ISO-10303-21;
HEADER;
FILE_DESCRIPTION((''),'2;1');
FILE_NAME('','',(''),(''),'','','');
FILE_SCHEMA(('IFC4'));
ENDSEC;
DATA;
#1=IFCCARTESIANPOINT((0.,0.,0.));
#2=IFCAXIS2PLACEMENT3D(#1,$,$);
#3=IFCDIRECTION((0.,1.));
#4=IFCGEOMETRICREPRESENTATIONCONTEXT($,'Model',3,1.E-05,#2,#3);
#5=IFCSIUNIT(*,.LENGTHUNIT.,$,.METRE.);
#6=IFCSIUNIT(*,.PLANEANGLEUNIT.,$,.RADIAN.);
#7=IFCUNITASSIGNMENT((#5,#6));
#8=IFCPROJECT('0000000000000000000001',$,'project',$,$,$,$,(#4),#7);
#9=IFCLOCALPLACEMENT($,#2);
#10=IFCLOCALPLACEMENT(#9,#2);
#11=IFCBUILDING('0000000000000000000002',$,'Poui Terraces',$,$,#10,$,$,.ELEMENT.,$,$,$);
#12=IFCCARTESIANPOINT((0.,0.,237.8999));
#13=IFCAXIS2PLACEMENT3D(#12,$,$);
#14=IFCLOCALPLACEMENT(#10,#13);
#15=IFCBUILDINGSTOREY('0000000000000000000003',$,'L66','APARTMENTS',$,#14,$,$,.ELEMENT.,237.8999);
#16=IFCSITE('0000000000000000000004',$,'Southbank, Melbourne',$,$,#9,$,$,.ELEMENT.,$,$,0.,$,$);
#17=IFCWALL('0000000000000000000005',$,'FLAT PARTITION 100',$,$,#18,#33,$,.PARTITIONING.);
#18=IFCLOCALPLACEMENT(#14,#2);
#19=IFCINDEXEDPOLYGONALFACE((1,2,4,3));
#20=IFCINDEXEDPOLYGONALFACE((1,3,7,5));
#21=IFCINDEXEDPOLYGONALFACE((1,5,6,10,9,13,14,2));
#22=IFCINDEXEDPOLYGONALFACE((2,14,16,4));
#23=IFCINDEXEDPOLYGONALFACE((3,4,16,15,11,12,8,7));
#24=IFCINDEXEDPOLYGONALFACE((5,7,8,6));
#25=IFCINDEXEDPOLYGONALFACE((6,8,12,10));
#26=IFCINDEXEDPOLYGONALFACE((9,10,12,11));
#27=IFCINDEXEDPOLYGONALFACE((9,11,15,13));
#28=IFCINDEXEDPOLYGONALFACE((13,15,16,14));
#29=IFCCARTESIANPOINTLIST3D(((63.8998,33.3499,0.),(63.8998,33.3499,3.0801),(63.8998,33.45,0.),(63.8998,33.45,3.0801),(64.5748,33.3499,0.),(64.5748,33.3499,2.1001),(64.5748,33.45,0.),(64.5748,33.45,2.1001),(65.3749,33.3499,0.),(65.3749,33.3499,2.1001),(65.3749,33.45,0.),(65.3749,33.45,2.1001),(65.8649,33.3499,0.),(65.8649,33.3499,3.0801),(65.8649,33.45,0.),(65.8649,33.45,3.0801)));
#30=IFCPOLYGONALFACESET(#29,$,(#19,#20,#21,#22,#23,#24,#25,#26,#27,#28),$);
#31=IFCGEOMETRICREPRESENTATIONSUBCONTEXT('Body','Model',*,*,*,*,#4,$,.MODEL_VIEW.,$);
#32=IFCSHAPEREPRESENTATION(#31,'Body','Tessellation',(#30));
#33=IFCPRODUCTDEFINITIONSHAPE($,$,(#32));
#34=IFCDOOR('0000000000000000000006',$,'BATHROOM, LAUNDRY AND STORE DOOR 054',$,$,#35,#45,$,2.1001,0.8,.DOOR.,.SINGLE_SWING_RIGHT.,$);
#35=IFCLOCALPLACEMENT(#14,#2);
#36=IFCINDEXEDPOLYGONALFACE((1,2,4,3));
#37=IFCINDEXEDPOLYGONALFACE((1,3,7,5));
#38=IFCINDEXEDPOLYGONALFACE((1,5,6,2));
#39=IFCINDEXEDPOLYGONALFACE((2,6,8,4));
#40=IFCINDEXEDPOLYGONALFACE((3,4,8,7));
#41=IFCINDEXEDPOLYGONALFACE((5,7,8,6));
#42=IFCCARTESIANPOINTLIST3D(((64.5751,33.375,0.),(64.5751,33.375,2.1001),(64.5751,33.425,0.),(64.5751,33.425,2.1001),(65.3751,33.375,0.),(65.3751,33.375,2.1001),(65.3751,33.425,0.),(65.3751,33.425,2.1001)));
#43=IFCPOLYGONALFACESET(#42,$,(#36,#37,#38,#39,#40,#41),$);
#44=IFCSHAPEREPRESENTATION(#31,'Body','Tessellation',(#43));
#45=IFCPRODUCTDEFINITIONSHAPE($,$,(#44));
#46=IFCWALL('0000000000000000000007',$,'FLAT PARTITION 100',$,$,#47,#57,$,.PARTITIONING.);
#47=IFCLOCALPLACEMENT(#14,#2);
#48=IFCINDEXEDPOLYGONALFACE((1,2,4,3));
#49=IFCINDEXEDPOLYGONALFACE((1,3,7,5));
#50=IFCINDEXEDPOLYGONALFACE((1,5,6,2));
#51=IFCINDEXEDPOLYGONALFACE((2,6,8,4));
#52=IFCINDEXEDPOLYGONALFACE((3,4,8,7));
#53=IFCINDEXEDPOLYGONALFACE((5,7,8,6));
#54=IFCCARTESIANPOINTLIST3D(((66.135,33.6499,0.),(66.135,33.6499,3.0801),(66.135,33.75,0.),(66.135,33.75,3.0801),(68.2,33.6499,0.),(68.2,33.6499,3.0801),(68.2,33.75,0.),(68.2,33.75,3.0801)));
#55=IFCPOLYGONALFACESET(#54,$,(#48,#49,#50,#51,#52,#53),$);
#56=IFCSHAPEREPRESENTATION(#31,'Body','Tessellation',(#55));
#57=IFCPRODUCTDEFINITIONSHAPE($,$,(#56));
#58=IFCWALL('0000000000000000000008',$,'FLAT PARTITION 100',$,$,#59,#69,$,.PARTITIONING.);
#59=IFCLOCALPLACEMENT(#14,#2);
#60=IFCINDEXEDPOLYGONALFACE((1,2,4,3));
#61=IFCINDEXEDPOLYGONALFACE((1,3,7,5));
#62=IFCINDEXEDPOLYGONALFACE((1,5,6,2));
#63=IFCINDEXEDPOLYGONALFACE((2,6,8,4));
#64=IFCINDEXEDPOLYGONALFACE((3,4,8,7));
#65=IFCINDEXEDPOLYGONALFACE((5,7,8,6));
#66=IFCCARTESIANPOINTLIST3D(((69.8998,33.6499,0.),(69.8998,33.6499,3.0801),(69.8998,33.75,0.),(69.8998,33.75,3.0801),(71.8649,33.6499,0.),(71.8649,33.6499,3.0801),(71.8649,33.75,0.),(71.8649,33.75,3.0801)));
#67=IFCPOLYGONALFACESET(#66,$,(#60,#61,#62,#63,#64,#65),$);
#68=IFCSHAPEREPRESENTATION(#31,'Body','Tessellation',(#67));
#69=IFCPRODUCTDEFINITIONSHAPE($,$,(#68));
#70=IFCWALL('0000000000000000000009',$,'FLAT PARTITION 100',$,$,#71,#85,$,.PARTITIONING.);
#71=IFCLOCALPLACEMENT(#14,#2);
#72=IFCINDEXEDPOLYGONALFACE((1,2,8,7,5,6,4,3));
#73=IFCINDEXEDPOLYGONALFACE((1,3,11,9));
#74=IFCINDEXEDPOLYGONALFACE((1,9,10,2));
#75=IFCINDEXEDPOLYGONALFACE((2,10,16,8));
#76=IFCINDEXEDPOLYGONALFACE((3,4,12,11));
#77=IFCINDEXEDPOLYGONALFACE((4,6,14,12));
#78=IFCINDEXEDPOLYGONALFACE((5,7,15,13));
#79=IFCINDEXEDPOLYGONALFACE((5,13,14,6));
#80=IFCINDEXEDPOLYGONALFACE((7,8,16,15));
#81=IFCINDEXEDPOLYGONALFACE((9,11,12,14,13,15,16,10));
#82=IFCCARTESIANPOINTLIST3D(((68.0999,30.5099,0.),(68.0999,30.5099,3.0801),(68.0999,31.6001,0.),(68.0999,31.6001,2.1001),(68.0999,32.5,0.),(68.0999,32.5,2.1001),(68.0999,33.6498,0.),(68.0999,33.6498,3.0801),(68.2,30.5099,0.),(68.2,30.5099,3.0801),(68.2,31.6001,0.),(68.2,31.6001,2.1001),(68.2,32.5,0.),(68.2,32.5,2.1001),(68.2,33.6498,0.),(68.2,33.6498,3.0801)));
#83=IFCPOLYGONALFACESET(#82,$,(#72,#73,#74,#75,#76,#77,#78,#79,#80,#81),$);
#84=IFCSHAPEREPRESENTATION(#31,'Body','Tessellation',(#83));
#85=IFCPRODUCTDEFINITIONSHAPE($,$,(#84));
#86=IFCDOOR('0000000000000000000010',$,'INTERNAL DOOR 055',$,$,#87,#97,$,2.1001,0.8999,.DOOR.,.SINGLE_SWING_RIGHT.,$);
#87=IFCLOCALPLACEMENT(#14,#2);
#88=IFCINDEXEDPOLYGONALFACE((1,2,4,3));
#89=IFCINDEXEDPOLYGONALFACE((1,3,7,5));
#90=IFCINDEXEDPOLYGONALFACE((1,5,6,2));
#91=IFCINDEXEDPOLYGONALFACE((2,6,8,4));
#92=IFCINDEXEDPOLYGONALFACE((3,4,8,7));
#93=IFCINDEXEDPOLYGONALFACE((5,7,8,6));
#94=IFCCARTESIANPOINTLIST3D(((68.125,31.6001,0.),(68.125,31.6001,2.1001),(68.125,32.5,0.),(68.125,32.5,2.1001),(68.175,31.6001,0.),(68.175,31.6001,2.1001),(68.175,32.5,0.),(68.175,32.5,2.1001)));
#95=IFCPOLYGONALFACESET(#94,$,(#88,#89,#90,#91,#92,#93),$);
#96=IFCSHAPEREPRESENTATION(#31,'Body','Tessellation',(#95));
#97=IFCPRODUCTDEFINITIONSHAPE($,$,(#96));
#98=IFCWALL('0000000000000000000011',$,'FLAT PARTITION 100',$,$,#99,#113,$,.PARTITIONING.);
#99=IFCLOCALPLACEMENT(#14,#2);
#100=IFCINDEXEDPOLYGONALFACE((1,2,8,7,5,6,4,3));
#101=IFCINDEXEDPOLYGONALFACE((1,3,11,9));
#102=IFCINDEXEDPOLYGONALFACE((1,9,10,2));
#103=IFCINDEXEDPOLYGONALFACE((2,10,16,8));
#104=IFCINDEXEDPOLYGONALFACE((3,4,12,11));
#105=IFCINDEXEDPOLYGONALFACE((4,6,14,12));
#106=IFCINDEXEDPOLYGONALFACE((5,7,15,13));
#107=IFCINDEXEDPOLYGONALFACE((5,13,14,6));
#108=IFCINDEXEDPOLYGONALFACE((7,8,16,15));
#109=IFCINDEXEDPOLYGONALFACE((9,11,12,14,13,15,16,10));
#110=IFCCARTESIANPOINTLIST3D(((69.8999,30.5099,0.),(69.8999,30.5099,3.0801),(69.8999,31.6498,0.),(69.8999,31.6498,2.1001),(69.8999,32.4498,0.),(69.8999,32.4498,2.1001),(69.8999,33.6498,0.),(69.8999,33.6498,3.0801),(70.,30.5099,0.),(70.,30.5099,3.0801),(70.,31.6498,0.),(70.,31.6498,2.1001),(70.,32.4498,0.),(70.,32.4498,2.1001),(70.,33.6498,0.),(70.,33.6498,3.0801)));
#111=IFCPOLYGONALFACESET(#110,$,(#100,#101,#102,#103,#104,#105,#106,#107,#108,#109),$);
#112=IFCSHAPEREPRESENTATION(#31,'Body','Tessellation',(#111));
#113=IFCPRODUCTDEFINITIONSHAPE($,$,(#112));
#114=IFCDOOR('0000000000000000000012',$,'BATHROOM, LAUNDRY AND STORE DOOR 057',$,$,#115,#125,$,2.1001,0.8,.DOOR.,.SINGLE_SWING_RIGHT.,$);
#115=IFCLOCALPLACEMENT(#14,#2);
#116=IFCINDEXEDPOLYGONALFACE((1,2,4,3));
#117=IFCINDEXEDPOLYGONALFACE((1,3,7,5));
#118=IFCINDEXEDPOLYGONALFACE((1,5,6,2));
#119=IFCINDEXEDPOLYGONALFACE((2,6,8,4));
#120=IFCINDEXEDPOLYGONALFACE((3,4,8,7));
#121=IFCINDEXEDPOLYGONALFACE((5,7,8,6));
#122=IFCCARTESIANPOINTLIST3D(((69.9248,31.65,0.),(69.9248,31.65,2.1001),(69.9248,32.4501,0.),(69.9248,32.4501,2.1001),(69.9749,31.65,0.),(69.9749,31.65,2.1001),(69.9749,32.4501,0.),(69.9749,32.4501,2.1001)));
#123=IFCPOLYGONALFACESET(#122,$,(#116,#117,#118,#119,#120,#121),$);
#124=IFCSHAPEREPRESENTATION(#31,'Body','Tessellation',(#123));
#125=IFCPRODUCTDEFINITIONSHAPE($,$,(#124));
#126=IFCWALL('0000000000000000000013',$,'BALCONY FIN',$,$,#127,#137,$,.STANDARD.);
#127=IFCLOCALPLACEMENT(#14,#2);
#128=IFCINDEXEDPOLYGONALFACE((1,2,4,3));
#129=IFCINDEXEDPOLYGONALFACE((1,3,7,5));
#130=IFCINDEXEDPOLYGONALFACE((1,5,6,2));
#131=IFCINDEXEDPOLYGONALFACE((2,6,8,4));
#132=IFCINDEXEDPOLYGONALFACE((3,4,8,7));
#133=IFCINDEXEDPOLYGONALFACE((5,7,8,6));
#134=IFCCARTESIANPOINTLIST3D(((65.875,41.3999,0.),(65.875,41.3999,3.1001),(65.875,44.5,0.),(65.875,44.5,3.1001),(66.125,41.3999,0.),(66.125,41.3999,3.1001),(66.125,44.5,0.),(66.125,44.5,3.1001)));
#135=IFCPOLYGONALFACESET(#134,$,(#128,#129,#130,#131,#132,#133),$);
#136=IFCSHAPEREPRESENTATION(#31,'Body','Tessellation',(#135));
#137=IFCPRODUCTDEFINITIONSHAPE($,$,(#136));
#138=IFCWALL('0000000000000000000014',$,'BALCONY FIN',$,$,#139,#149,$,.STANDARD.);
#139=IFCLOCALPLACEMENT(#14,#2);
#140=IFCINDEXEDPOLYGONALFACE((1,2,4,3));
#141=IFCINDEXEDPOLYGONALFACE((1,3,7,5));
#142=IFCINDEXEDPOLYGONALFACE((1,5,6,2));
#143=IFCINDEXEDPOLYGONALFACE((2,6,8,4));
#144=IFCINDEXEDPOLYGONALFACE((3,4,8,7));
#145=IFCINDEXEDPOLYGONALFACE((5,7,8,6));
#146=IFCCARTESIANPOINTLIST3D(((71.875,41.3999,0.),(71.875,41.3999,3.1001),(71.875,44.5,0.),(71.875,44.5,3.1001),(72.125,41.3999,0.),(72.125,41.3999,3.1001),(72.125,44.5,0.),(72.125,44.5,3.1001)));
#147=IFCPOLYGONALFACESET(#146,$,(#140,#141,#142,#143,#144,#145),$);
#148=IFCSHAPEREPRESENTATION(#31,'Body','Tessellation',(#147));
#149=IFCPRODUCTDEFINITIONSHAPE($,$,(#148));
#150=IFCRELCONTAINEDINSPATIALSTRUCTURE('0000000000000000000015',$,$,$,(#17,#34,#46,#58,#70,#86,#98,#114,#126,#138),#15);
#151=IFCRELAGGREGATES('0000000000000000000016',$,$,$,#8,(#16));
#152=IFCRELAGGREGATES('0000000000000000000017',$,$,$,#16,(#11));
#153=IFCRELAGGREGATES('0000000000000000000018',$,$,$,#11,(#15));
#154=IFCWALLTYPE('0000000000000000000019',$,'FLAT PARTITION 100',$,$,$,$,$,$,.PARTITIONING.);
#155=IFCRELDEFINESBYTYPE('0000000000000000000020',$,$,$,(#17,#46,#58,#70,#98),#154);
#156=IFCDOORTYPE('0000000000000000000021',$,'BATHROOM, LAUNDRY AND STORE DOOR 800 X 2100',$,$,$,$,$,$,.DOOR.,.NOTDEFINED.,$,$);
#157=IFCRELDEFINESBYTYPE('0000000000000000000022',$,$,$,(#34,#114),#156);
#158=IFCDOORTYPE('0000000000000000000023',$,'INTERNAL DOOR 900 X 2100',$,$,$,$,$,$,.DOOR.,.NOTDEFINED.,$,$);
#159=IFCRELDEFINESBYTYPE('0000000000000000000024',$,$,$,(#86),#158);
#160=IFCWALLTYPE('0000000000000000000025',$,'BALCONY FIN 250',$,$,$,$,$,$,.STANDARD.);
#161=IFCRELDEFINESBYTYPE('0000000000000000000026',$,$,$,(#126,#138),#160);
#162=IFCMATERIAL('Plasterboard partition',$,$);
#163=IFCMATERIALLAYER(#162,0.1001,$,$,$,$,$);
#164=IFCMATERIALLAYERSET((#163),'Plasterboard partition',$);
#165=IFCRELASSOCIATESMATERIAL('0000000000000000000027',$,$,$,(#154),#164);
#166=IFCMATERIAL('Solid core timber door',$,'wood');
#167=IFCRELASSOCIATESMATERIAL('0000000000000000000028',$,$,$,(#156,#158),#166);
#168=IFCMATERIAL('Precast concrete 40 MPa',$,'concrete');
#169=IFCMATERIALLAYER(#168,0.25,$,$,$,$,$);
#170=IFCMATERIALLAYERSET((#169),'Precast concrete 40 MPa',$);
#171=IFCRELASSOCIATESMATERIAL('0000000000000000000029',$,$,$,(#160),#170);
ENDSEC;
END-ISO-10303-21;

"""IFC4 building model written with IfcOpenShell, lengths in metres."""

from ifc_helpers import new_model, si_unit, direction, frame, frame_2d, origin, place, context, subcontext, project, spatial, polyline, rectangle, outline, extrude, source, transform, mapped, material, layer, layer_set, type_object, element, fill, save


model = new_model("IFC4")

# Units and contexts
model_context = context("Model", 3, precision=1e-05, world=origin(), true_north=direction((0.0, 1.0)))
body_context = subcontext(model_context, "Body", "Model", "MODEL_VIEW")
ifc_project = project(units=[si_unit("LENGTHUNIT", "METRE"), si_unit("PLANEANGLEUNIT", "RADIAN")], contexts=[model_context])

# Site, building, storey
site_placement = place(None, origin())
site = spatial("IfcSite", under=ifc_project, at=site_placement, Name="Southbank, Melbourne", CompositionType="ELEMENT", RefElevation=0.0)
building_placement = place(site_placement, origin())
building = spatial("IfcBuilding", under=site, at=building_placement, Name="Poui Terraces", CompositionType="ELEMENT")
storey_placement = place(building_placement, frame((0.0, 0.0, 237.8999)))
storey = spatial("IfcBuildingStorey", under=building, at=storey_placement, Name="L66", Description="APARTMENTS", CompositionType="ELEMENT", Elevation=237.8999)

# Wall, opening, door
ifc_material_1 = material(Name="Plasterboard partition")
ifc_layer_1 = layer(ifc_material_1, 0.1001)
ifc_layer_set_1 = layer_set([ifc_layer_1], Name="Plasterboard partition")
wall_type_1 = type_object("IfcWallType", Name="FLAT PARTITION 100", PredefinedType="PARTITIONING", material=ifc_layer_set_1)
wall_1_placement = place(storey_placement, frame((63.8999, 33.3999, 0.0), z_axis=(0.0, 0.0, 1.0), x_axis=(1.0, 0.0, 0.0)))
wall_1 = element("IfcWall", 1, at=wall_1_placement, inside=storey, type_object=wall_type_1, Name="FLAT PARTITION 100", PredefinedType="PARTITIONING", context=body_context, shape_type="SweptSolid", body=[
    extrude(rectangle(XDim=1.9651, YDim=0.1001, at=frame_2d((0.9824, 0.0))), origin(), (0.0, 0.0, 1.0), 3.0801),
])
opening_1_placement = place(wall_1_placement, frame((0.675, 0.0, 0.0)))
opening_1 = element("IfcOpeningElement", 2, at=opening_1_placement, cuts=wall_1, PredefinedType="OPENING", context=body_context, shape_type="SweptSolid", body=[
    extrude(rectangle(XDim=0.8, YDim=2.1001, at=frame_2d((0.3999, 1.05))), frame((0.0, 0.0601, 0.0), z_axis=(0.0, -1.0, 0.0), x_axis=(1.0, 0.0, 0.0)), (0.0, 0.0, 1.0), 0.1201),
])
ifc_material_2 = material(Name="Solid core timber door", Category="wood")
door_type_1 = type_object("IfcDoorType", Name="BATHROOM, LAUNDRY AND STORE DOOR 800 X 2100", OperationType="NOTDEFINED", PredefinedType="DOOR", material=ifc_material_2)
door_1_placement = place(opening_1_placement, frame((0.8, 0.0, 0.0), z_axis=(0.0, 0.0, 1.0), x_axis=(-1.0, 0.0, 0.0)))
door_1 = element("IfcDoor", 3, at=door_1_placement, inside=storey, type_object=door_type_1, Name="BATHROOM, LAUNDRY AND STORE DOOR 054", OperationType="SINGLE_SWING_RIGHT", OverallHeight=2.1001, OverallWidth=0.8, PredefinedType="DOOR", context=body_context, shape_type="SweptSolid", body=[
    extrude(rectangle(XDim=0.8, YDim=2.1001, at=frame_2d((0.3999, 1.05))), frame((0.0, 0.0249, 0.0), z_axis=(0.0, -1.0, 0.0), x_axis=(1.0, 0.0, 0.0)), (0.0, 0.0, 1.0), 0.05),
])
fill(opening_1, door_1)

# Walls
wall_2_placement = place(storey_placement, frame((66.135, 33.7, 0.0), z_axis=(0.0, 0.0, 1.0), x_axis=(1.0, 0.0, 0.0)))
element("IfcWall", 4, at=wall_2_placement, inside=storey, type_object=wall_type_1, Name="FLAT PARTITION 100", PredefinedType="PARTITIONING", context=body_context, shape_type="SweptSolid", body=[
    extrude(rectangle(XDim=2.0649, YDim=0.1001, at=frame_2d((1.0325, 0.0))), origin(), (0.0, 0.0, 1.0), 3.0801),
])
wall_3_placement = place(storey_placement, frame((69.8999, 33.7, 0.0), z_axis=(0.0, 0.0, 1.0), x_axis=(1.0, 0.0, 0.0)))
element("IfcWall", 5, at=wall_3_placement, inside=storey, type_object=wall_type_1, Name="FLAT PARTITION 100", PredefinedType="PARTITIONING", context=body_context, shape_type="SweptSolid", body=[
    extrude(rectangle(XDim=1.9651, YDim=0.1001, at=frame_2d((0.9824, 0.0))), origin(), (0.0, 0.0, 1.0), 3.0801),
])

# Walls, openings, doors
wall_4_placement = place(storey_placement, frame((68.1499, 30.51, 0.0), z_axis=(0.0, 0.0, 1.0), x_axis=(0.0, 1.0, 0.0)))
wall_4 = element("IfcWall", 6, at=wall_4_placement, inside=storey, type_object=wall_type_1, Name="FLAT PARTITION 100", PredefinedType="PARTITIONING", context=body_context, shape_type="SweptSolid", body=[
    extrude(rectangle(XDim=3.1399, YDim=0.1001, at=frame_2d((1.5698, 0.0))), origin(), (0.0, 0.0, 1.0), 3.0801),
])
opening_2_placement = place(wall_4_placement, frame((1.0901, 0.0, 0.0)))
opening_2 = element("IfcOpeningElement", 7, at=opening_2_placement, cuts=wall_4, PredefinedType="OPENING", context=body_context, shape_type="SweptSolid", body=[
    extrude(rectangle(XDim=0.8999, YDim=2.1001, at=frame_2d((0.45, 1.05))), frame((0.0, 0.0601, 0.0), z_axis=(0.0, -1.0, 0.0), x_axis=(1.0, 0.0, 0.0)), (0.0, 0.0, 1.0), 0.1201),
])
door_type_2 = type_object("IfcDoorType", Name="INTERNAL DOOR 900 X 2100", OperationType="NOTDEFINED", PredefinedType="DOOR", material=ifc_material_2)
door_2_placement = place(opening_2_placement, origin())
door_2 = element("IfcDoor", 8, at=door_2_placement, inside=storey, type_object=door_type_2, Name="INTERNAL DOOR 055", OperationType="SINGLE_SWING_RIGHT", OverallHeight=2.1001, OverallWidth=0.8999, PredefinedType="DOOR", context=body_context, shape_type="SweptSolid", body=[
    extrude(rectangle(XDim=0.8999, YDim=2.1001, at=frame_2d((0.45, 1.05))), frame((0.0, 0.0249, 0.0), z_axis=(0.0, -1.0, 0.0), x_axis=(1.0, 0.0, 0.0)), (0.0, 0.0, 1.0), 0.05),
])
fill(opening_2, door_2)
wall_5_placement = place(storey_placement, frame((69.95, 30.51, 0.0), z_axis=(0.0, 0.0, 1.0), x_axis=(0.0, 1.0, 0.0)))
wall_5 = element("IfcWall", 9, at=wall_5_placement, inside=storey, type_object=wall_type_1, Name="FLAT PARTITION 100", PredefinedType="PARTITIONING", context=body_context, shape_type="SweptSolid", body=[
    extrude(rectangle(XDim=3.1399, YDim=0.1001, at=frame_2d((1.5698, 0.0))), origin(), (0.0, 0.0, 1.0), 3.0801),
])
opening_3_placement = place(wall_5_placement, frame((1.1399, 0.0, 0.0)))
opening_3 = element("IfcOpeningElement", 10, at=opening_3_placement, cuts=wall_5, PredefinedType="OPENING", context=body_context, shape_type="SweptSolid", body=[
    extrude(rectangle(XDim=0.8, YDim=2.1001, at=frame_2d((0.3999, 1.05))), frame((0.0, 0.0601, 0.0), z_axis=(0.0, -1.0, 0.0), x_axis=(1.0, 0.0, 0.0)), (0.0, 0.0, 1.0), 0.1201),
])
door_3_placement = place(opening_3_placement, frame((0.8, 0.0, 0.0), z_axis=(0.0, 0.0, 1.0), x_axis=(-1.0, 0.0, 0.0)))
door_3 = element("IfcDoor", 11, at=door_3_placement, inside=storey, type_object=door_type_1, Name="BATHROOM, LAUNDRY AND STORE DOOR 057", OperationType="SINGLE_SWING_RIGHT", OverallHeight=2.1001, OverallWidth=0.8, PredefinedType="DOOR", context=body_context, shape_type="SweptSolid", body=[
    extrude(rectangle(XDim=0.8, YDim=2.1001, at=frame_2d((0.3999, 1.05))), frame((0.0, 0.0249, 0.0), z_axis=(0.0, -1.0, 0.0), x_axis=(1.0, 0.0, 0.0)), (0.0, 0.0, 1.0), 0.05),
])
fill(opening_3, door_3)

# Walls
ifc_material_3 = material(Name="Precast concrete 40 MPa", Category="concrete")
ifc_layer_2 = layer(ifc_material_3, 0.25)
ifc_layer_set_2 = layer_set([ifc_layer_2], Name="Precast concrete 40 MPa")
wall_type_2 = type_object("IfcWallType", Name="BALCONY FIN 250", PredefinedType="STANDARD", material=ifc_layer_set_2)
shared_shape_1 = source(origin(), body_context, "Body", "SweptSolid", [
    extrude(outline(polyline([(0.0, 0.0), (0.25, 0.0), (0.25, 3.1001), (0.0, 3.1001), (0.0, 0.0)])), origin(), (0.0, 0.0, 1.0), 3.1001),
])
for number, where, name in (
    (12, (65.875, 41.3999, 0.0), "BALCONY FIN"),
    (13, (71.875, 41.3999, 0.0), "BALCONY FIN"),
):
    element("IfcWall", number, at=place(storey_placement, frame(where)), inside=storey, type_object=wall_type_2, Name=name, PredefinedType="STANDARD", context=body_context, shape_type="MappedRepresentation", body=[
        mapped(shared_shape_1, transform((0.0, 0.0, 0.0))),
    ])

save(model, "model.ifc")
